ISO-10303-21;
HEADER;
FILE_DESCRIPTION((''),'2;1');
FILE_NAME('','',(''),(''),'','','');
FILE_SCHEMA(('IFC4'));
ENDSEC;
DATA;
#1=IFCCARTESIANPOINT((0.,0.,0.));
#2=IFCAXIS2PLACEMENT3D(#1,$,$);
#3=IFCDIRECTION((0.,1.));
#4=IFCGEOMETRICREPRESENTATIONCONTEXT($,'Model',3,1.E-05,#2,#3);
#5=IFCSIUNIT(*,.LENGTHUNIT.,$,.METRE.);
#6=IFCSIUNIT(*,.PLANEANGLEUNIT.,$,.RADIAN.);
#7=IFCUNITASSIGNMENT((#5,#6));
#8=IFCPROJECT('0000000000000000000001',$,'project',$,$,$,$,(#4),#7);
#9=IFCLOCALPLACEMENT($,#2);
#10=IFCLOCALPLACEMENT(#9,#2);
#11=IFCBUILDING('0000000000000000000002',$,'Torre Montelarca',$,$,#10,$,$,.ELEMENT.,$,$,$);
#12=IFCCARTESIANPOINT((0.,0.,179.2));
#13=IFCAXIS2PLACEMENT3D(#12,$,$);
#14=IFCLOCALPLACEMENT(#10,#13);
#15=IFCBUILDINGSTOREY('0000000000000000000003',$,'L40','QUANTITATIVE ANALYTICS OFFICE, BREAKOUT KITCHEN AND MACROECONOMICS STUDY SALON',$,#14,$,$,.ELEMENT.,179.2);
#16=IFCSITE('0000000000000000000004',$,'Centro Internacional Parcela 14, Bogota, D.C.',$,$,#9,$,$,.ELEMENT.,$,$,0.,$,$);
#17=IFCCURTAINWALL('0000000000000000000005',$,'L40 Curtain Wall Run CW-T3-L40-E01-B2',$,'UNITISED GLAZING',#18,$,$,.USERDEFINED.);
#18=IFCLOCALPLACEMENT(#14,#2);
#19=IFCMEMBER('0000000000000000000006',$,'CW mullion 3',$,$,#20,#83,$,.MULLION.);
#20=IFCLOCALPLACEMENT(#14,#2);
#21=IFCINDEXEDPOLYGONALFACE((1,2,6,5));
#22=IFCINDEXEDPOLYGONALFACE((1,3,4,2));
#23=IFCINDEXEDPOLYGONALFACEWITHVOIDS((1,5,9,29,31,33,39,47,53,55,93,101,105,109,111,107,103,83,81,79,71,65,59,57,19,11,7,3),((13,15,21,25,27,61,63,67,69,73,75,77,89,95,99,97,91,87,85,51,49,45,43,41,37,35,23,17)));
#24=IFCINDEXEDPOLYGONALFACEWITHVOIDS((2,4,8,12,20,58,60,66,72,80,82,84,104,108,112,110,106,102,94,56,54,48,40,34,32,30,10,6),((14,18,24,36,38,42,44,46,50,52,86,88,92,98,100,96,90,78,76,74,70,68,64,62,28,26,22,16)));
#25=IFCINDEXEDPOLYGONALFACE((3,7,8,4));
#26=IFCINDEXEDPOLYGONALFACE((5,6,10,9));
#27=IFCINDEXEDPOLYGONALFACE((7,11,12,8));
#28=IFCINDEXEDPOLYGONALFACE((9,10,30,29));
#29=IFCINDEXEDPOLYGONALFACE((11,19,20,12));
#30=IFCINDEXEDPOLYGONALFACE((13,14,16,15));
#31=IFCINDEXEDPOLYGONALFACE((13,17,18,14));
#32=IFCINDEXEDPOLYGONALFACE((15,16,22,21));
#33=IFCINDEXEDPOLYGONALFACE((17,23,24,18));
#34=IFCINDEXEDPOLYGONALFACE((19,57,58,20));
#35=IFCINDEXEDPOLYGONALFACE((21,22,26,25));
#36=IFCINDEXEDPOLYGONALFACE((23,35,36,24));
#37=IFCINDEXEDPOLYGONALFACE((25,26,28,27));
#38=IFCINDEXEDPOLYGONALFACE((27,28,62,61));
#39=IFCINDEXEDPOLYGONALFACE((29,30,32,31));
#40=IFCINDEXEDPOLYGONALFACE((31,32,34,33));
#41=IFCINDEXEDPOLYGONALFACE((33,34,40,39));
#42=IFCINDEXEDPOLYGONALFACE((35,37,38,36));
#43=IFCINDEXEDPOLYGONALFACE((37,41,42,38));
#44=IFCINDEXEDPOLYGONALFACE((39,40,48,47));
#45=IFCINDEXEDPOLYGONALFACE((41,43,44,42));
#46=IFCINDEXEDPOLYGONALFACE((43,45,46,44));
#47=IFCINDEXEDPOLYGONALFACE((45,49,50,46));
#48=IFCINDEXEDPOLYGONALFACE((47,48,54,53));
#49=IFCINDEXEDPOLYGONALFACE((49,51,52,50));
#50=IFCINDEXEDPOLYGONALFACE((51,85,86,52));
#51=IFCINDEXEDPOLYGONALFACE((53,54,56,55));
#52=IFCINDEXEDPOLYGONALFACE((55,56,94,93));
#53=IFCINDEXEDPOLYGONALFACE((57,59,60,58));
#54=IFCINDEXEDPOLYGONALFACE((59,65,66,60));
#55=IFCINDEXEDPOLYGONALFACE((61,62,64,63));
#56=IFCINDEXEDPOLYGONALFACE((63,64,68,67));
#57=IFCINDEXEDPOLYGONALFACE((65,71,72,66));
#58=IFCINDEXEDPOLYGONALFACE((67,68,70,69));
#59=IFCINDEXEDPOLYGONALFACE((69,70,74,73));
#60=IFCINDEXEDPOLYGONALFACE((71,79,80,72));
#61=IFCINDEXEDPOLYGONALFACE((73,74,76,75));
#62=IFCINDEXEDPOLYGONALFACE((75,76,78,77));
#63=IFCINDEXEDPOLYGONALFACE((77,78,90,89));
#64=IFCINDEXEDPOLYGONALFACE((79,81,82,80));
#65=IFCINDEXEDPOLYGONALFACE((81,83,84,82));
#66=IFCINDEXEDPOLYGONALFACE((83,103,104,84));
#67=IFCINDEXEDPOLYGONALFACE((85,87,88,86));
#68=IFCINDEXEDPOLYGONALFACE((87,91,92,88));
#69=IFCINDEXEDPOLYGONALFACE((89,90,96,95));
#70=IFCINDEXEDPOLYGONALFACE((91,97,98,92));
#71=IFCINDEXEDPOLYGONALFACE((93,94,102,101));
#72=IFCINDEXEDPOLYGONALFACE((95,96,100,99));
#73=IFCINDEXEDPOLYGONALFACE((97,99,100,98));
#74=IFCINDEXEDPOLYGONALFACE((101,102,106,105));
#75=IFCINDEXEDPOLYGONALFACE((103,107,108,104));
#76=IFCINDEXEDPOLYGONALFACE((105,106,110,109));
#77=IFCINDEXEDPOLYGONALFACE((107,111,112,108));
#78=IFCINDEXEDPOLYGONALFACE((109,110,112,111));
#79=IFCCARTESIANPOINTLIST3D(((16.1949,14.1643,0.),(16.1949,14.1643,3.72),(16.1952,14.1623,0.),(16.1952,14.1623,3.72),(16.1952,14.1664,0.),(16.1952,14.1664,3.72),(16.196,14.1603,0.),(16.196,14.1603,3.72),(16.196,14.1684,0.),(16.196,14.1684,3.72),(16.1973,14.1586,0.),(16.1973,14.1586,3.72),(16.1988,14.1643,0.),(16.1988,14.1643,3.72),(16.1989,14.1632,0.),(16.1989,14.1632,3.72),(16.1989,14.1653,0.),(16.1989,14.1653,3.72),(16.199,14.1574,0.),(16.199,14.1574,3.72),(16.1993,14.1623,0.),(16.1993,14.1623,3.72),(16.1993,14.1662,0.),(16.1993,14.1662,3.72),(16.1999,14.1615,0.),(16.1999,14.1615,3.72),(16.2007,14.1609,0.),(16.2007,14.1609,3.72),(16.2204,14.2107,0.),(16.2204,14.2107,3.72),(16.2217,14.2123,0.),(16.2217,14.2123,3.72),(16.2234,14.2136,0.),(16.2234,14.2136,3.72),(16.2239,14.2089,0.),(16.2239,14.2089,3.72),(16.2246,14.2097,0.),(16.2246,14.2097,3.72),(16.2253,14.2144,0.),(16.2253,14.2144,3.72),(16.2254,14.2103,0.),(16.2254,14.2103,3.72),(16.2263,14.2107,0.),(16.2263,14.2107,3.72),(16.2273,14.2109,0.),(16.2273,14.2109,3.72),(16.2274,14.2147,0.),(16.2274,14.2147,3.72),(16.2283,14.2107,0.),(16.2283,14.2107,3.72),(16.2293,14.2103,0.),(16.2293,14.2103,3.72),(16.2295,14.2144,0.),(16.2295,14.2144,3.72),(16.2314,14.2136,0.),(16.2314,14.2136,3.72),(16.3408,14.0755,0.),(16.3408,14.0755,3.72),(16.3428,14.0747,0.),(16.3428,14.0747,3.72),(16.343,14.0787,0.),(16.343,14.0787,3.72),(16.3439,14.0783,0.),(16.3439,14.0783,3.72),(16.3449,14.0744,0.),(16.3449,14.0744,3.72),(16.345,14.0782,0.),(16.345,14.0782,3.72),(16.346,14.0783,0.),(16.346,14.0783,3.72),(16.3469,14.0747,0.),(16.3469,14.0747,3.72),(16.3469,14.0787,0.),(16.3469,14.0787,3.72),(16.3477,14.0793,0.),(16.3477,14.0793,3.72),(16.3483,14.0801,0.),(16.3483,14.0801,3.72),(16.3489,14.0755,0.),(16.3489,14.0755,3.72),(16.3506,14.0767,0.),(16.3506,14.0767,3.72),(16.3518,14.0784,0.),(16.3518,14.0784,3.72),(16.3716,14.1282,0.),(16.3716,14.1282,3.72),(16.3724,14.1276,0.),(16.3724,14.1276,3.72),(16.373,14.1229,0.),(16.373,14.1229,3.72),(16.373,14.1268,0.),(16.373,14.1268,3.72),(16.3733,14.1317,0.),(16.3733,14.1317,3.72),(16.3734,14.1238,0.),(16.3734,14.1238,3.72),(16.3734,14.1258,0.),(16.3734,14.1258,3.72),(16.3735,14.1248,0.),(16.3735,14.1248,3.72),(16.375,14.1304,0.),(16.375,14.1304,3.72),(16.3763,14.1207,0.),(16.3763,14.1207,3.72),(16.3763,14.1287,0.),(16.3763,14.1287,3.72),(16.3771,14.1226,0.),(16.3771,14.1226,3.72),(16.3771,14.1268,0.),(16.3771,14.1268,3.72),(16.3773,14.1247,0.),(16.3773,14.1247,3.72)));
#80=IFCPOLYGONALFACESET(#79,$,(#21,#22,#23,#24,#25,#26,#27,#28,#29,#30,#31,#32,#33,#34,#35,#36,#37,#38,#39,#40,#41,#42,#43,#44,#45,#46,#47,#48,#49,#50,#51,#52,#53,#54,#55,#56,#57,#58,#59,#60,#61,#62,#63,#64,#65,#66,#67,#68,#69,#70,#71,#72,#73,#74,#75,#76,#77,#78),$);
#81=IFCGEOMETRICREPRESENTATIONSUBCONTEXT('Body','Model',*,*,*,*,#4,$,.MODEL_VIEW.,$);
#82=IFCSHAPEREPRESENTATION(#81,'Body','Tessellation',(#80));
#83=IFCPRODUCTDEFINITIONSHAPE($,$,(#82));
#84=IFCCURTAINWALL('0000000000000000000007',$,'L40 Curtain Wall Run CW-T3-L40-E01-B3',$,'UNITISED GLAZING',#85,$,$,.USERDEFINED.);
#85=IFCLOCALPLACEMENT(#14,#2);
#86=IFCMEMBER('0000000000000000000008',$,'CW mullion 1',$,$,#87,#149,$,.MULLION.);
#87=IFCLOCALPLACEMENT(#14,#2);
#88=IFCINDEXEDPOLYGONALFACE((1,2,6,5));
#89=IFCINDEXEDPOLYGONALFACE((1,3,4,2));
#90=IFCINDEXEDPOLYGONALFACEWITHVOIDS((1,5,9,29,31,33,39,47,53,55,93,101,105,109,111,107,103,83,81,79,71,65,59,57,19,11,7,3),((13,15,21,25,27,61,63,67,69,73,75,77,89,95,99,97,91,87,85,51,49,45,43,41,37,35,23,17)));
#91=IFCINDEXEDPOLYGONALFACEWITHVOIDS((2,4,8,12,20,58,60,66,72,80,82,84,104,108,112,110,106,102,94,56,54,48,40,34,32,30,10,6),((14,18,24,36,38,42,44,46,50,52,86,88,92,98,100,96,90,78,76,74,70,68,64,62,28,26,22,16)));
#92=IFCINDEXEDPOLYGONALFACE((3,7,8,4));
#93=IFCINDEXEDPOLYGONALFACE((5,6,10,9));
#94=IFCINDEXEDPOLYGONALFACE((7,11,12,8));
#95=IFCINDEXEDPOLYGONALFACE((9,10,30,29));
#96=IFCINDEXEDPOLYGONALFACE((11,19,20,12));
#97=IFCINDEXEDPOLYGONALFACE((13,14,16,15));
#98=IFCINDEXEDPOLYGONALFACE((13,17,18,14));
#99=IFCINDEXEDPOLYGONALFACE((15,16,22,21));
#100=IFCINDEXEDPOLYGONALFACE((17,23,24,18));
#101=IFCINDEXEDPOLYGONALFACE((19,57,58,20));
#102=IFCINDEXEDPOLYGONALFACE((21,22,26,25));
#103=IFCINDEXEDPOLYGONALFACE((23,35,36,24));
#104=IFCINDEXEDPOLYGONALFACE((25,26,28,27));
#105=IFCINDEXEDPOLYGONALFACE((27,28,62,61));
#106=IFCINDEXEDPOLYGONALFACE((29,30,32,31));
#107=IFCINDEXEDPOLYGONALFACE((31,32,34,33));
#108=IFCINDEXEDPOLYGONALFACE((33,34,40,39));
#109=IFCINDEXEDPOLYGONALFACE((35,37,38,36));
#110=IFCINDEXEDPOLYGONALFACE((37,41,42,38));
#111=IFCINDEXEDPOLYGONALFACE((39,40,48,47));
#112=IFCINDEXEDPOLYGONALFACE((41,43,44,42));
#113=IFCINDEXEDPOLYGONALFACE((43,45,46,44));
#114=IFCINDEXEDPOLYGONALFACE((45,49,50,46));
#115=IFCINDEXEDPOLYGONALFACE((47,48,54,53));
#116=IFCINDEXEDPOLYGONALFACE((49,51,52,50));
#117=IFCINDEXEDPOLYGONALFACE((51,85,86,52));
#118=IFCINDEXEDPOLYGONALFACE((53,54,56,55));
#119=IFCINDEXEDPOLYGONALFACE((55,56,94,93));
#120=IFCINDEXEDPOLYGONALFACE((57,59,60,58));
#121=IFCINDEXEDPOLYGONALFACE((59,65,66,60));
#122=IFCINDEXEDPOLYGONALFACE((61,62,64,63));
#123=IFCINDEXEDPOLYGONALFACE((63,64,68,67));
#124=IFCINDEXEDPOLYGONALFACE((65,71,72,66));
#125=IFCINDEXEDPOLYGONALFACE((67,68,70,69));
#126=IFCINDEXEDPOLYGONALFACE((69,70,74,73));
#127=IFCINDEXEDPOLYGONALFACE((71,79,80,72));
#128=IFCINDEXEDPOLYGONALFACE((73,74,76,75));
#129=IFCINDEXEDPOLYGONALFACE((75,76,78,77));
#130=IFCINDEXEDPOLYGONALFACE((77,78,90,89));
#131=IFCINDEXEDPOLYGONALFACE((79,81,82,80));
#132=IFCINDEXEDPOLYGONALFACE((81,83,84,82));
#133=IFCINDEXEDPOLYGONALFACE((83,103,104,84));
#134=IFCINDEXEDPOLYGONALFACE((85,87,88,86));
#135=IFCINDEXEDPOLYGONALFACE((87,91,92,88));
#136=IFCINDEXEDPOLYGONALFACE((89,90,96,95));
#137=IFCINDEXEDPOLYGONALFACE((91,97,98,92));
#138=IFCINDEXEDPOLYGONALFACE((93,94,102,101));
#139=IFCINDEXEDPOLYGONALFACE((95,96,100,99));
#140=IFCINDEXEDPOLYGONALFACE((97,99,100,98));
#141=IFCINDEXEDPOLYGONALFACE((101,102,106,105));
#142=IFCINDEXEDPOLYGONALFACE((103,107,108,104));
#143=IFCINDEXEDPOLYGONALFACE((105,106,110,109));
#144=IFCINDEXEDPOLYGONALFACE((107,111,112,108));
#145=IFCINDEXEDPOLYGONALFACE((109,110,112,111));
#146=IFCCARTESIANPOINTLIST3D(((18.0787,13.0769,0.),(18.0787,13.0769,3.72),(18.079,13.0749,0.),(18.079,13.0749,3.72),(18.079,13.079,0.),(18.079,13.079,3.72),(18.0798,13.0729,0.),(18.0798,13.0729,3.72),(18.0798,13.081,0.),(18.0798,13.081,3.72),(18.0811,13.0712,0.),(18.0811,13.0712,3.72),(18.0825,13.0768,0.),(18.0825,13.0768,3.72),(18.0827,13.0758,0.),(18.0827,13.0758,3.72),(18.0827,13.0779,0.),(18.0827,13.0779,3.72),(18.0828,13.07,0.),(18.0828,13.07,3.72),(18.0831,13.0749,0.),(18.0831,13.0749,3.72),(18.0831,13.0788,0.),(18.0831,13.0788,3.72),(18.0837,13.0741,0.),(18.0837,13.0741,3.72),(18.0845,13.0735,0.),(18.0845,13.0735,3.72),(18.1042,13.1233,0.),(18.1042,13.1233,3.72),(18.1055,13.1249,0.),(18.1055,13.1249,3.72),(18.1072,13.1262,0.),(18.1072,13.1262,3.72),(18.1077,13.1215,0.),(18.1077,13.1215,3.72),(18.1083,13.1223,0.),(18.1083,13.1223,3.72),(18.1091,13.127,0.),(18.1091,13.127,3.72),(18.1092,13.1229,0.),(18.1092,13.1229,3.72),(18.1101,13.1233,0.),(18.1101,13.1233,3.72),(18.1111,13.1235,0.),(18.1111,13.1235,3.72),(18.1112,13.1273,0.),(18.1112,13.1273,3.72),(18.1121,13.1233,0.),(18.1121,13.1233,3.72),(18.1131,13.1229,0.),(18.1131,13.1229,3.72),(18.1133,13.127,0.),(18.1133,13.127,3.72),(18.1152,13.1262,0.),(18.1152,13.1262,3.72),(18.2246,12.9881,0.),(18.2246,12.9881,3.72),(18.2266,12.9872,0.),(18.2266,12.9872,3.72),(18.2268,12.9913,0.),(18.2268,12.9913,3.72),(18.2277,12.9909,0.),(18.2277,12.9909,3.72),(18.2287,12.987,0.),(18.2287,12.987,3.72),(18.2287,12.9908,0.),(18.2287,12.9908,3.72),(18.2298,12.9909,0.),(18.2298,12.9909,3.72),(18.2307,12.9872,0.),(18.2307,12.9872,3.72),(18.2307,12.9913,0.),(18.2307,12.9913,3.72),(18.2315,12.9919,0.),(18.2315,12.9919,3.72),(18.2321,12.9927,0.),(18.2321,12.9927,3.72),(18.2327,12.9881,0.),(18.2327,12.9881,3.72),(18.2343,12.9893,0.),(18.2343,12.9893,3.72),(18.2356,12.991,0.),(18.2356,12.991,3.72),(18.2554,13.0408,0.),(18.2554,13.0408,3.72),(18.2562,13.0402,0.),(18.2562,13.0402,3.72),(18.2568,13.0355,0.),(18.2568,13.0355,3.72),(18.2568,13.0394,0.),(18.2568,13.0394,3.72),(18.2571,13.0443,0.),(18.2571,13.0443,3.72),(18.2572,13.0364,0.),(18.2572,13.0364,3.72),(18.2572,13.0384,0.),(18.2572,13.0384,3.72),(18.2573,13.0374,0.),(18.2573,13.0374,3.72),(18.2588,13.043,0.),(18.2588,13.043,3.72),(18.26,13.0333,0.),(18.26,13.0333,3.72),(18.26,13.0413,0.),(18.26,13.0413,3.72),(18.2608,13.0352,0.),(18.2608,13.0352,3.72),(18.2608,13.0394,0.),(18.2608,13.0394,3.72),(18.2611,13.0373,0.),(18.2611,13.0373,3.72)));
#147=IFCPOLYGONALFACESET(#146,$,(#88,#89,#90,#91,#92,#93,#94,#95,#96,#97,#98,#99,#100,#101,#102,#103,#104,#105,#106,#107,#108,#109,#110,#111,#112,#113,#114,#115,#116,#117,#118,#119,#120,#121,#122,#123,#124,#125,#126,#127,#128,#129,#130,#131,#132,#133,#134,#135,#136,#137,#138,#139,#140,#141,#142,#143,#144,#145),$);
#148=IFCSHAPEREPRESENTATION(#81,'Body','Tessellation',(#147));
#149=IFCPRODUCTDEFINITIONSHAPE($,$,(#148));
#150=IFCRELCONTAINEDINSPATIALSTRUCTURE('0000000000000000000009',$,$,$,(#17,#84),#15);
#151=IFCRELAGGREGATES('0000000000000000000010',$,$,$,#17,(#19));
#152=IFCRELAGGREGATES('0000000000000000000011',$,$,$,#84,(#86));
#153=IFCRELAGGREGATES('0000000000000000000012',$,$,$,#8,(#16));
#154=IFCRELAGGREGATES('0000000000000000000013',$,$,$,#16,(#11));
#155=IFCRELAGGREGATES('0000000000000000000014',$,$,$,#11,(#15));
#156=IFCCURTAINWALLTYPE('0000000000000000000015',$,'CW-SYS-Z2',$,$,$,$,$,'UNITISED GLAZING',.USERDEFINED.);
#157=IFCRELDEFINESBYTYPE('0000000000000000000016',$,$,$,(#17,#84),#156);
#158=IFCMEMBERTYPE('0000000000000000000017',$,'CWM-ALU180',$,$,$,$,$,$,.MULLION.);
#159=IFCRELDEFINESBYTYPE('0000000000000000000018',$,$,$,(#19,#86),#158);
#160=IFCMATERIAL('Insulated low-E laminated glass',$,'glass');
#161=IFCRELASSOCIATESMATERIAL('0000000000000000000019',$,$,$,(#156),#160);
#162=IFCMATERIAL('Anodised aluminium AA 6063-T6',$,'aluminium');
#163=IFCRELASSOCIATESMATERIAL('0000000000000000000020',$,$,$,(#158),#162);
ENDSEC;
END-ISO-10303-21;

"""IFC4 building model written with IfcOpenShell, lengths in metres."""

from ifc_helpers import new_model, si_unit, direction, frame, origin, origin_2d, place, context, subcontext, project, spatial, hollow_rectangle, extrude, source, transform, mapped, material, material_profile, profile_set, type_object, element, aggregate, save


model = new_model("IFC4")

# Units and contexts
model_context = context("Model", 3, precision=1e-05, world=origin(), true_north=direction((0.0, 1.0)))
body_context = subcontext(model_context, "Body", "Model", "MODEL_VIEW")
ifc_project = project(units=[si_unit("LENGTHUNIT", "METRE"), si_unit("PLANEANGLEUNIT", "RADIAN")], contexts=[model_context])

# Site, building, storey
site_placement = place(None, origin())
site = spatial("IfcSite", under=ifc_project, at=site_placement, Name="Centro Internacional Parcela 14, Bogota, D.C.", CompositionType="ELEMENT", RefElevation=0.0)
building_placement = place(site_placement, origin())
building = spatial("IfcBuilding", under=site, at=building_placement, Name="Torre Montelarca", CompositionType="ELEMENT")
storey_placement = place(building_placement, frame((0.0, 0.0, 179.2)))
storey = spatial("IfcBuildingStorey", under=building, at=storey_placement, Name="L40", Description="QUANTITATIVE ANALYTICS OFFICE, BREAKOUT KITCHEN AND MACROECONOMICS STUDY SALON", CompositionType="ELEMENT", Elevation=179.2)

# Shared definitions
ifc_material_1 = material(Name="Insulated low-E laminated glass", Category="glass")
curtain_wall_type = type_object("IfcCurtainWallType", Name="CW-SYS-Z2", ElementType="UNITISED GLAZING", PredefinedType="USERDEFINED", material=ifc_material_1)
ifc_material_2 = material(Name="Anodised aluminium AA 6063-T6", Category="aluminium")
ifc_material_profile_1 = material_profile(ifc_material_2, hollow_rectangle(XDim=0.0649, YDim=0.1799, WallThickness=0.0039, InnerFilletRadius=0.0039, OuterFilletRadius=0.0081, at=origin_2d()), Name="ALU65X180X4", Category="aluminium")
ifc_profile_set_1 = profile_set([ifc_material_profile_1], Name="Anodised aluminium AA 6063-T6")
member_type_1 = type_object("IfcMemberType", Name="CWM-ALU180", PredefinedType="MULLION", material=ifc_profile_set_1)
shared_shape_1 = source(origin(), body_context, "Body", "SweptSolid", [
    extrude(hollow_rectangle(XDim=0.0649, YDim=0.1799, WallThickness=0.0039, InnerFilletRadius=0.0039, OuterFilletRadius=0.0081, at=origin_2d()), origin(), (0.0, 0.0, 1.0), 3.72),
])

# Curtain walls, members
curtain_wall_1_placement = place(storey_placement, origin())
curtain_wall_1 = element("IfcCurtainWall", 1, at=curtain_wall_1_placement, inside=storey, type_object=curtain_wall_type, Name="L40 Curtain Wall Run CW-T3-L40-E01-B2", ObjectType="UNITISED GLAZING", PredefinedType="USERDEFINED")
member_1_placement = place(storey_placement, frame((16.2861, 14.1445, 0.0), z_axis=(0.0, 0.0, 1.0), x_axis=(0.500004, 0.866023, 0.0)))
member_1 = element("IfcMember", 2, at=member_1_placement, type_object=member_type_1, Name="CW mullion 3", PredefinedType="MULLION", context=body_context, shape_type="MappedRepresentation", body=[
    mapped(shared_shape_1, transform((0.0, 0.0, 0.0), scale=1.0)),
])
curtain_wall_2_placement = place(storey_placement, origin())
curtain_wall_2 = element("IfcCurtainWall", 3, at=curtain_wall_2_placement, inside=storey, type_object=curtain_wall_type, Name="L40 Curtain Wall Run CW-T3-L40-E01-B3", ObjectType="UNITISED GLAZING", PredefinedType="USERDEFINED")
member_2_placement = place(storey_placement, frame((18.1699, 13.0571, 0.0), z_axis=(0.0, 0.0, 1.0), x_axis=(0.499989, 0.866032, 0.0)))
member_2 = element("IfcMember", 4, at=member_2_placement, type_object=member_type_1, Name="CW mullion 1", PredefinedType="MULLION", context=body_context, shape_type="MappedRepresentation", body=[
    mapped(shared_shape_1, transform((0.0, 0.0, 0.0), scale=1.0)),
])

aggregate(curtain_wall_1, [member_1])
aggregate(curtain_wall_2, [member_2])

save(model, "model.ifc")
